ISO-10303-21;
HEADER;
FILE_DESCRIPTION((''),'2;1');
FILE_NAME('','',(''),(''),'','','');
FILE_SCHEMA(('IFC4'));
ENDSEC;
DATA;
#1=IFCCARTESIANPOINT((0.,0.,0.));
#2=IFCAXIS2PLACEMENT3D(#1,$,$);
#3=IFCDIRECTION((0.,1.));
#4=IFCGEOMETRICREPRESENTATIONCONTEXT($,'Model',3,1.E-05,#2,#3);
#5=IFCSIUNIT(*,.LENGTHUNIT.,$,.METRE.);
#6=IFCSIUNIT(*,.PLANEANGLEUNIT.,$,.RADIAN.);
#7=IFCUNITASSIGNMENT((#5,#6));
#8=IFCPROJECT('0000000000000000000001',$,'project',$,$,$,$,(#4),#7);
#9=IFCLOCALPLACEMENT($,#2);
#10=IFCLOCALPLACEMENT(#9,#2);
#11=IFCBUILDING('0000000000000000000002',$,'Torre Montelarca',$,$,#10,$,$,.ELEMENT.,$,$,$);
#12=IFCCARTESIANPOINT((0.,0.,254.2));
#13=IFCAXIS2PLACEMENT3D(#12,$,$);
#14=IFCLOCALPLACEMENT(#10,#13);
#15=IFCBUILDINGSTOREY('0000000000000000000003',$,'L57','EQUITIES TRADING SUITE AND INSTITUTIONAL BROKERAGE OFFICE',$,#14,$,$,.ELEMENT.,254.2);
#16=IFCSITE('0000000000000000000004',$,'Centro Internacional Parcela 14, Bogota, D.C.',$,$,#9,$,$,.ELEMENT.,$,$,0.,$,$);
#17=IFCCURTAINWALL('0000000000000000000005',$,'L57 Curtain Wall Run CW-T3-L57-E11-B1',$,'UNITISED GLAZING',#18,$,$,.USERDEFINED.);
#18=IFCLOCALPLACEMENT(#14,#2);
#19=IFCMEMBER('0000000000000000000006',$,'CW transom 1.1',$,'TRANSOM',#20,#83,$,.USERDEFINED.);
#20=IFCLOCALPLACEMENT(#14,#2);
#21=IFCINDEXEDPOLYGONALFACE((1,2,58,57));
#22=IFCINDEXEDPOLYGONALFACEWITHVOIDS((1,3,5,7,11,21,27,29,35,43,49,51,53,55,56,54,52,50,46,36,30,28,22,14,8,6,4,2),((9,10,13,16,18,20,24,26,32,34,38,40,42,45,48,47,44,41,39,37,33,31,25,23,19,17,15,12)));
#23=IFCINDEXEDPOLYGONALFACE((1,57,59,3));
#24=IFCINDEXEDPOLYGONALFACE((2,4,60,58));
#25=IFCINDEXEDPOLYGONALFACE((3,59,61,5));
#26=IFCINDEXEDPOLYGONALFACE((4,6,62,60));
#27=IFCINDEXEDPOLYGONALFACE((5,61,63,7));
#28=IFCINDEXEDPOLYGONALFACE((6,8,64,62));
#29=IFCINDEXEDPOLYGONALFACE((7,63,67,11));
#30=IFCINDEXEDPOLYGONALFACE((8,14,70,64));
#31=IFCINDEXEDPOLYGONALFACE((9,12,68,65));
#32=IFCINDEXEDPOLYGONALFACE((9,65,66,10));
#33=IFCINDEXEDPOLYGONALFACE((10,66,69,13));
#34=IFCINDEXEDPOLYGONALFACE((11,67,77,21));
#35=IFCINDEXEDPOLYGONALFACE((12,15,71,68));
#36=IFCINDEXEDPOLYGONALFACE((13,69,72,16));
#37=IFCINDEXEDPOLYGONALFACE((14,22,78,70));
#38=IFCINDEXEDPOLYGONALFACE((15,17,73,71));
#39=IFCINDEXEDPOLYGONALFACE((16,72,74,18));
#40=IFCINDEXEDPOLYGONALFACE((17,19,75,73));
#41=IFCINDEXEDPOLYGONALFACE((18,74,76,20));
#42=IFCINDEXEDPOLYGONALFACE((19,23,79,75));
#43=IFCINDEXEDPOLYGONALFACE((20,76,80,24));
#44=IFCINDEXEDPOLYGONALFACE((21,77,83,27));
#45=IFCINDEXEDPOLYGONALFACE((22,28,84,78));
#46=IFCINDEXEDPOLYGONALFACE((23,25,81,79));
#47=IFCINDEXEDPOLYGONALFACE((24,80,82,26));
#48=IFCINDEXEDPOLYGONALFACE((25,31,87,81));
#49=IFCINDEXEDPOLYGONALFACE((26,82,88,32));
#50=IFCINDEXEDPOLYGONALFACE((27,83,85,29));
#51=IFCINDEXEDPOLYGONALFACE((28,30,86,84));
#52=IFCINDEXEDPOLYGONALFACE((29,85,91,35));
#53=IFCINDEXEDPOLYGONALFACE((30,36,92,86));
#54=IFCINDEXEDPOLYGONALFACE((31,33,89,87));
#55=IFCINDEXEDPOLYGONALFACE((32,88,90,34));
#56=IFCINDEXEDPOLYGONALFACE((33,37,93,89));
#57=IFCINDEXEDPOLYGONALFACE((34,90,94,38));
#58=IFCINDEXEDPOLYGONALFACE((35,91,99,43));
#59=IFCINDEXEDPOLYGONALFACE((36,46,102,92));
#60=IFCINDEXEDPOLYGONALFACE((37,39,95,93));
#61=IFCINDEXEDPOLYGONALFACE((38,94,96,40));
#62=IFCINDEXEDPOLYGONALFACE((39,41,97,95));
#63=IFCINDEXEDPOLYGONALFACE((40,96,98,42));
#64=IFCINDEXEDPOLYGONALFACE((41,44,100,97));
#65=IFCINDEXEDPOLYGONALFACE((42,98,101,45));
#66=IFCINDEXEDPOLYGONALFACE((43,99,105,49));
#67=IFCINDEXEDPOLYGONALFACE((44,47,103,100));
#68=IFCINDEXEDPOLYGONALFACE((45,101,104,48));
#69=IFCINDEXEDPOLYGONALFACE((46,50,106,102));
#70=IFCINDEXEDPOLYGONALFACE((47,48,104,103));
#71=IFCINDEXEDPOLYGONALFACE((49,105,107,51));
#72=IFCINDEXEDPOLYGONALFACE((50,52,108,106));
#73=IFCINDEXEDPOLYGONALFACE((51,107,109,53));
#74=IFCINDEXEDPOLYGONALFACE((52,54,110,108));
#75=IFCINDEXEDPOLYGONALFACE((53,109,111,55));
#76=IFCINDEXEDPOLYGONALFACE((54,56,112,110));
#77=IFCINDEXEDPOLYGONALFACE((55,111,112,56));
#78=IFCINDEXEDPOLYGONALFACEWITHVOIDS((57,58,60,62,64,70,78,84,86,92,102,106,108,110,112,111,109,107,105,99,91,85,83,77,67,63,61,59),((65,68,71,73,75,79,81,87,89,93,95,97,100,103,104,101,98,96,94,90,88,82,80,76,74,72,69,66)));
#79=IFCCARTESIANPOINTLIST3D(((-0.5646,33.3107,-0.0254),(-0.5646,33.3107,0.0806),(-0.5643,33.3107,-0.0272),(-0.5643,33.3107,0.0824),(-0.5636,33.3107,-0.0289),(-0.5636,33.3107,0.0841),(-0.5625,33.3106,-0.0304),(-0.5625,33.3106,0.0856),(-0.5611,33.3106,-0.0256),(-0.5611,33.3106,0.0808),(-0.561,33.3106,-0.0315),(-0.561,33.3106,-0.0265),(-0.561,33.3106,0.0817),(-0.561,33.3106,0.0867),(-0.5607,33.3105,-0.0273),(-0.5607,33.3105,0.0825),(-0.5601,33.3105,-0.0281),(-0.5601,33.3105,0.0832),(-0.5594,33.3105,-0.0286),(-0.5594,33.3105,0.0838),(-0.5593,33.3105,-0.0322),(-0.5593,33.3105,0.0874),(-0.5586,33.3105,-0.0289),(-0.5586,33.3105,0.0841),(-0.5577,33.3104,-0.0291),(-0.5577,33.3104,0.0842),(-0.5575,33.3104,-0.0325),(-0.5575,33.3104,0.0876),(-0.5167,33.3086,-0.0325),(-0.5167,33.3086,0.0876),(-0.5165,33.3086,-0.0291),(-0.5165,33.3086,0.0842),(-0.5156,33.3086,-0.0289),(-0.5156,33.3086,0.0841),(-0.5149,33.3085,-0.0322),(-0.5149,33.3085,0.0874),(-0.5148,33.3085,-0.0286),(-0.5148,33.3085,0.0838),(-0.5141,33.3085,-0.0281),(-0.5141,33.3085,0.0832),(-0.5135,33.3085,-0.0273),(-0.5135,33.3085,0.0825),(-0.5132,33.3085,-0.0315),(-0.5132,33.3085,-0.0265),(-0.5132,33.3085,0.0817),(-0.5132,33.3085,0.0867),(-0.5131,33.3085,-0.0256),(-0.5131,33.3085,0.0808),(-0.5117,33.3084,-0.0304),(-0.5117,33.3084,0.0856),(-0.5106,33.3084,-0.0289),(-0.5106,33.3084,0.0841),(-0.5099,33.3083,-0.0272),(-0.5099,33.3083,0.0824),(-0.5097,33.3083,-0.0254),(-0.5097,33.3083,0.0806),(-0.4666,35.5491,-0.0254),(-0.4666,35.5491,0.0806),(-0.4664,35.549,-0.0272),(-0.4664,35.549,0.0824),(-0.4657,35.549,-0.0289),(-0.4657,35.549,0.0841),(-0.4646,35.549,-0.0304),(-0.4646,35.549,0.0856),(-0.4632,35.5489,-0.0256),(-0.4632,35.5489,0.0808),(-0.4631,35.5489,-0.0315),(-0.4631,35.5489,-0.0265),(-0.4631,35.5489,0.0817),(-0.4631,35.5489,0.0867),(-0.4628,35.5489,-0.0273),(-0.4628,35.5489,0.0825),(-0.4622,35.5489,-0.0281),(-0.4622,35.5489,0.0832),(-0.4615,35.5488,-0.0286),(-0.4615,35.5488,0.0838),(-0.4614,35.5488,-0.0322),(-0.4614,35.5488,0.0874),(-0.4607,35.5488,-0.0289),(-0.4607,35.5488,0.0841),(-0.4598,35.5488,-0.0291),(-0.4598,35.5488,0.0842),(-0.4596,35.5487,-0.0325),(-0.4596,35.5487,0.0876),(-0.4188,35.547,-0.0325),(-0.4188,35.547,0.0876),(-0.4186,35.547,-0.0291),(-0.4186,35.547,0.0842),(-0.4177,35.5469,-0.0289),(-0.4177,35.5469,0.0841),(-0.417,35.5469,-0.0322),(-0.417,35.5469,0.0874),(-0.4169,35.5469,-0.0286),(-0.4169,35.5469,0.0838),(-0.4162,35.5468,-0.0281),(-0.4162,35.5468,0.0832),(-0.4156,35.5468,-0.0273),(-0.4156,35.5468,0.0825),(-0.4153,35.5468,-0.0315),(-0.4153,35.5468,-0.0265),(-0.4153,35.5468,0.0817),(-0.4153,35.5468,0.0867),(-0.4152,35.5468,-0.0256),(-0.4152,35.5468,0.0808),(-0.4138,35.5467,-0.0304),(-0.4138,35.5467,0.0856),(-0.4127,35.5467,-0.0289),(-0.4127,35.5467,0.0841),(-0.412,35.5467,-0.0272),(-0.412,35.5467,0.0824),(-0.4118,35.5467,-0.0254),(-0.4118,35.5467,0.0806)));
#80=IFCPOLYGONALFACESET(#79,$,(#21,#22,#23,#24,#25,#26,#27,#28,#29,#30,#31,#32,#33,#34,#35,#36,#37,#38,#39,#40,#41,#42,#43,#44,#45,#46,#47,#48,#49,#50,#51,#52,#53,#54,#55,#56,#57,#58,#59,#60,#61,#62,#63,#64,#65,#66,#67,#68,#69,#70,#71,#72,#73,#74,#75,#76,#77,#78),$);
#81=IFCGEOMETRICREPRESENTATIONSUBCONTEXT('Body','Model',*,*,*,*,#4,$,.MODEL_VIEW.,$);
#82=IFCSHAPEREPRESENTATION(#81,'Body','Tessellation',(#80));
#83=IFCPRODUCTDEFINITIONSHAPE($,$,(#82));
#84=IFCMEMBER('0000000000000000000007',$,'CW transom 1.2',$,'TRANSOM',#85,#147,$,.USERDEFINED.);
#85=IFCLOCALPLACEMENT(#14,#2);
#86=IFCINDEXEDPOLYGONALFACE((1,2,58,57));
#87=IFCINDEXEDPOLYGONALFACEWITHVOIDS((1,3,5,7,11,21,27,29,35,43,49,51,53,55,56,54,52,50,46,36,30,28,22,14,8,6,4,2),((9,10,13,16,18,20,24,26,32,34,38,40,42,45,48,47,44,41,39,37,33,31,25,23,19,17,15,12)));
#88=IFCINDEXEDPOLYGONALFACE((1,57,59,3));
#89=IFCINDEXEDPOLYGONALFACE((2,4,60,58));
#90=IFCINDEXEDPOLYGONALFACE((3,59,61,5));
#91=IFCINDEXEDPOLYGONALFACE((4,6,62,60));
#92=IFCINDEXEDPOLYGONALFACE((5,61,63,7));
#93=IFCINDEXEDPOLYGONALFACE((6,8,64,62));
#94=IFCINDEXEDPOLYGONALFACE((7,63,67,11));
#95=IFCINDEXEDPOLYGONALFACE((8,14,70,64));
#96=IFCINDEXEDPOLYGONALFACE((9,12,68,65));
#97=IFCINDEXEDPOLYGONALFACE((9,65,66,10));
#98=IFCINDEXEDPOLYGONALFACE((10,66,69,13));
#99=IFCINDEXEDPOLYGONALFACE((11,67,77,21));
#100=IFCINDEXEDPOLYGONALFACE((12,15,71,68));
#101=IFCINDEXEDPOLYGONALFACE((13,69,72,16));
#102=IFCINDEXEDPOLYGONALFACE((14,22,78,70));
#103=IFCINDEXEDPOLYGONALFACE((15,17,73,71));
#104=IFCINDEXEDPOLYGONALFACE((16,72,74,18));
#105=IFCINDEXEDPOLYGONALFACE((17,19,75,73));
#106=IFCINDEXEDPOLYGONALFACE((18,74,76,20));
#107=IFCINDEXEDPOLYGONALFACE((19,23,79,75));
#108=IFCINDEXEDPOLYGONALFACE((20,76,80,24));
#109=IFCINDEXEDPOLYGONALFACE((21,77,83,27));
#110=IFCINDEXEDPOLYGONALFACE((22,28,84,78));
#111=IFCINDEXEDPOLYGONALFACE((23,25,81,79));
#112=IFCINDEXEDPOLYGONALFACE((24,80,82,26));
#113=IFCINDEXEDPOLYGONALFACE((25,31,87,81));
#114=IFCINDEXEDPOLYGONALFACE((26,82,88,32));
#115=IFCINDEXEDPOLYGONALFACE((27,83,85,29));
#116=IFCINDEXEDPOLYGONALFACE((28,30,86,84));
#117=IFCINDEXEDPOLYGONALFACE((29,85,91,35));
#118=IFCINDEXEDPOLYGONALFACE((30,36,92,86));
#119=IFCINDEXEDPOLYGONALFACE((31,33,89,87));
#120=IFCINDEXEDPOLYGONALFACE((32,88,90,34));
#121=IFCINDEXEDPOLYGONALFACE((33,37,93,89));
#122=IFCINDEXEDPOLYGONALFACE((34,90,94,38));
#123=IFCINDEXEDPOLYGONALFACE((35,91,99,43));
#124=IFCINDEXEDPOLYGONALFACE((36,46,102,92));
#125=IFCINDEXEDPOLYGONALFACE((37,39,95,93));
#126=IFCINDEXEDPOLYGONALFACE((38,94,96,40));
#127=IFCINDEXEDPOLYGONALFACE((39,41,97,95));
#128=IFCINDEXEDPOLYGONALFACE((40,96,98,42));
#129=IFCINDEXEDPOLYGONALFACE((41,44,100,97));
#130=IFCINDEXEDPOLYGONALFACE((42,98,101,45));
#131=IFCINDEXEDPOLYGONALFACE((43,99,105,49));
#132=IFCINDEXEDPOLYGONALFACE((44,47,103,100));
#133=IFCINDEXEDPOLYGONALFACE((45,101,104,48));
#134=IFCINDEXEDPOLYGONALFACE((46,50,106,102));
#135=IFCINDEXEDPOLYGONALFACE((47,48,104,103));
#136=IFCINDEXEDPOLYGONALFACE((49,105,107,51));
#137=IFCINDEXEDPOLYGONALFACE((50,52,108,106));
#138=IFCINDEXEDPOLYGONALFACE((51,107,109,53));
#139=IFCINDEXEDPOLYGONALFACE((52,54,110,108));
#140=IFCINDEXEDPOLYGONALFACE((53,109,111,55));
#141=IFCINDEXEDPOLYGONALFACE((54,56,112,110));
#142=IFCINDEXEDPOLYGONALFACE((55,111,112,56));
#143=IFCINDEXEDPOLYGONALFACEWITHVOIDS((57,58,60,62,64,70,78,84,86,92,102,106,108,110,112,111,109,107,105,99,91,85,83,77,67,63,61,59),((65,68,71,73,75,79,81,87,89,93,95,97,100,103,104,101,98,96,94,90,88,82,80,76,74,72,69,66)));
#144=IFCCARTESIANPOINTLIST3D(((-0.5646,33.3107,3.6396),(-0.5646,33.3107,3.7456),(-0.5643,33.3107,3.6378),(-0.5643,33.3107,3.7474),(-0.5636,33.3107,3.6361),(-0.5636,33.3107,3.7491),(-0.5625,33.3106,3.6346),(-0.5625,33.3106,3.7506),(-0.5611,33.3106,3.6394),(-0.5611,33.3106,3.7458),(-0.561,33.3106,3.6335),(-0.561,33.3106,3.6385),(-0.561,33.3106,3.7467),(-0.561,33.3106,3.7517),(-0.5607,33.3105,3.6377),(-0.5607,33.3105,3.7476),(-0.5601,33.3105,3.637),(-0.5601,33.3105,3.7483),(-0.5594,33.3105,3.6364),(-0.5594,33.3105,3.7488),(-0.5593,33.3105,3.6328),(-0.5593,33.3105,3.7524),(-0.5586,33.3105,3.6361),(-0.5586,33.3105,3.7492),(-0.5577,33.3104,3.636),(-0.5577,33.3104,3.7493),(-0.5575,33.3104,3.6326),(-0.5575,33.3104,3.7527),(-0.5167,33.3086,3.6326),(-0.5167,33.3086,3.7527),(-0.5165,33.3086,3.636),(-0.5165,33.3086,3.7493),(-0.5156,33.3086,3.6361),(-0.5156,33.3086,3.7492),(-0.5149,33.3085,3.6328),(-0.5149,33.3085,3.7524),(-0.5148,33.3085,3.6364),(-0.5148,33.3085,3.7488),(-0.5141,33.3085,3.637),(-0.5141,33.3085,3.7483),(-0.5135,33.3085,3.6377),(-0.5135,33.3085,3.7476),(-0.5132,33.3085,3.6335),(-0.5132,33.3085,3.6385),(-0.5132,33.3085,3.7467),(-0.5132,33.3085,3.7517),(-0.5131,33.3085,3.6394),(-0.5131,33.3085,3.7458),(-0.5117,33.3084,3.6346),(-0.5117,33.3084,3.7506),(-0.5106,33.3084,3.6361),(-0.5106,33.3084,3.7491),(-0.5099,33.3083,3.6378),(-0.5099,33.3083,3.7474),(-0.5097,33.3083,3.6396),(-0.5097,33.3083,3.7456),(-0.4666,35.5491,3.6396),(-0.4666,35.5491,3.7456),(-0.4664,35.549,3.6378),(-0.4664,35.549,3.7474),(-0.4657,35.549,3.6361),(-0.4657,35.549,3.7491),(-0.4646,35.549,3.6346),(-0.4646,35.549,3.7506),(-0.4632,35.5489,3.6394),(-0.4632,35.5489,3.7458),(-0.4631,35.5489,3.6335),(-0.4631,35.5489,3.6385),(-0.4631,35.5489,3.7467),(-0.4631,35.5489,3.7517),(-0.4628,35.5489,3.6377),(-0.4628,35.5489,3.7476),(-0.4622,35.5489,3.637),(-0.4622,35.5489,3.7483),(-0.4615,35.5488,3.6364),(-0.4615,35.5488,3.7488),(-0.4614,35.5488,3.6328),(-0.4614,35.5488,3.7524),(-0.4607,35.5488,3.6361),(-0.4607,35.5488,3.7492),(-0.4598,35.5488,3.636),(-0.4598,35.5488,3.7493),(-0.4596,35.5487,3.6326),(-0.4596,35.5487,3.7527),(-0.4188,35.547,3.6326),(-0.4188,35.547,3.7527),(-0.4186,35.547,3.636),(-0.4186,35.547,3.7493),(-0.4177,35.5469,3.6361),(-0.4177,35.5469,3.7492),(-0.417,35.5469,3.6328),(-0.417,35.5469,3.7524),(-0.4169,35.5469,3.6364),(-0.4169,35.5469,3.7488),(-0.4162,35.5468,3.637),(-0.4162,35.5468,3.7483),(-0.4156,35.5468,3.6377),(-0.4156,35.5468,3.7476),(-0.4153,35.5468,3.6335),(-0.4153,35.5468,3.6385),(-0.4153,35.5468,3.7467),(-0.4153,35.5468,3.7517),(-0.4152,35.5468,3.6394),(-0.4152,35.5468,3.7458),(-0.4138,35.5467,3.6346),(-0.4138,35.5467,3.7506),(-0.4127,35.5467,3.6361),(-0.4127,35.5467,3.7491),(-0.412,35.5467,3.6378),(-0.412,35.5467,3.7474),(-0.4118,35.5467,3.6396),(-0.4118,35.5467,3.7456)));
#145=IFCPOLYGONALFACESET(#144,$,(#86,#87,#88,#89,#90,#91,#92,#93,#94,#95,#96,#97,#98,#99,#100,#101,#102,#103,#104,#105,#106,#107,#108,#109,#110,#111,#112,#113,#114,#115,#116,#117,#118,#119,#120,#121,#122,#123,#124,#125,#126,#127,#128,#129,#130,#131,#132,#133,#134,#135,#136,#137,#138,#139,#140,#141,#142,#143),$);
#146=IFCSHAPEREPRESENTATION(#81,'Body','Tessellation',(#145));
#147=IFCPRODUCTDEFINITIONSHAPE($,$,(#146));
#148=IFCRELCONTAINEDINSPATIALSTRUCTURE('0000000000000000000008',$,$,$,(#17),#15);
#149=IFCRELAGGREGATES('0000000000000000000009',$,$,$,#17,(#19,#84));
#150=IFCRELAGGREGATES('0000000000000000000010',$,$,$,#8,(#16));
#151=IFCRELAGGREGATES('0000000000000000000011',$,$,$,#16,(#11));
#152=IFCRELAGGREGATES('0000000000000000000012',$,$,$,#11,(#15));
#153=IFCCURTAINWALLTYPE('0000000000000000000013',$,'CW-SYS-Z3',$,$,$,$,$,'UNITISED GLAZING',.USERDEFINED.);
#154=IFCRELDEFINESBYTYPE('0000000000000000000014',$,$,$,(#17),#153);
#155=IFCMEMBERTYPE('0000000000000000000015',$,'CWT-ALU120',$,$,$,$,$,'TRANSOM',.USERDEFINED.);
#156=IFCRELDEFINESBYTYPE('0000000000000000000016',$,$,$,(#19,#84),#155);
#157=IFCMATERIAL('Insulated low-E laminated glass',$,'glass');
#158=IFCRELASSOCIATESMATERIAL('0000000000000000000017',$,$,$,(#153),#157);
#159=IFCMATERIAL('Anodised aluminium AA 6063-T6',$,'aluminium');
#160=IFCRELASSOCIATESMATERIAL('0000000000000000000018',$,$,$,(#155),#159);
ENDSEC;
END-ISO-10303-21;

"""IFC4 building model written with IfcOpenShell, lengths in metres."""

from ifc_helpers import new_model, si_unit, direction, frame, origin, origin_2d, place, context, subcontext, project, spatial, hollow_rectangle, extrude, source, transform, mapped, material, material_profile, profile_set, type_object, element, aggregate, save


model = new_model("IFC4")

# Units and contexts
model_context = context("Model", 3, precision=1e-05, world=origin(), true_north=direction((0.0, 1.0)))
body_context = subcontext(model_context, "Body", "Model", "MODEL_VIEW")
ifc_project = project(units=[si_unit("LENGTHUNIT", "METRE"), si_unit("PLANEANGLEUNIT", "RADIAN")], contexts=[model_context])

# Site, building, storey
site_placement = place(None, origin())
site = spatial("IfcSite", under=ifc_project, at=site_placement, Name="Centro Internacional Parcela 14, Bogota, D.C.", CompositionType="ELEMENT", RefElevation=0.0)
building_placement = place(site_placement, origin())
building = spatial("IfcBuilding", under=site, at=building_placement, Name="Torre Montelarca", CompositionType="ELEMENT")
storey_placement = place(building_placement, frame((0.0, 0.0, 254.2)))
storey = spatial("IfcBuildingStorey", under=building, at=storey_placement, Name="L57", Description="EQUITIES TRADING SUITE AND INSTITUTIONAL BROKERAGE OFFICE", CompositionType="ELEMENT", Elevation=254.2)

# Shared definitions
ifc_material_1 = material(Name="Insulated low-E laminated glass", Category="glass")
curtain_wall_type = type_object("IfcCurtainWallType", Name="CW-SYS-Z3", ElementType="UNITISED GLAZING", PredefinedType="USERDEFINED", material=ifc_material_1)
ifc_material_2 = material(Name="Anodised aluminium AA 6063-T6", Category="aluminium")

# Curtain wall, members
curtain_wall_1_placement = place(storey_placement, origin())
curtain_wall_1 = element("IfcCurtainWall", 1, at=curtain_wall_1_placement, inside=storey, type_object=curtain_wall_type, Name="L57 Curtain Wall Run CW-T3-L57-E11-B1", ObjectType="UNITISED GLAZING", PredefinedType="USERDEFINED")
ifc_material_profile_1 = material_profile(ifc_material_2, hollow_rectangle(XDim=0.0549, YDim=0.1201, WallThickness=0.0034, InnerFilletRadius=0.0034, OuterFilletRadius=0.0071, at=origin_2d()), Name="ALU55X120X3.5", Category="aluminium")
ifc_profile_set_1 = profile_set([ifc_material_profile_1], Name="Anodised aluminium AA 6063-T6")
member_type_1 = type_object("IfcMemberType", Name="CWT-ALU120", ElementType="TRANSOM", PredefinedType="USERDEFINED", material=ifc_profile_set_1)
shared_shape_1 = source(origin(), body_context, "Body", "SweptSolid", [
    extrude(hollow_rectangle(XDim=0.0549, YDim=0.1201, WallThickness=0.0034, InnerFilletRadius=0.0034, OuterFilletRadius=0.0071, at=origin_2d()), origin(), (0.0, 0.0, 1.0), 2.2405),
])
member_1_placement = place(storey_placement, frame((-0.4392, 35.5479, 0.0276), z_axis=(-0.043697, -0.999045, 0.0), x_axis=(0.999045, -0.043697, 0.0)))
member_1 = element("IfcMember", 2, at=member_1_placement, type_object=member_type_1, Name="CW transom 1.1", ObjectType="TRANSOM", PredefinedType="USERDEFINED", context=body_context, shape_type="MappedRepresentation", body=[
    mapped(shared_shape_1, transform((0.0, 0.0, 0.0), scale=1.0)),
])
member_2_placement = place(storey_placement, frame((-0.4392, 35.5479, 3.6926), z_axis=(-0.043697, -0.999045, 0.0), x_axis=(0.999045, -0.043697, 0.0)))
member_2 = element("IfcMember", 3, at=member_2_placement, type_object=member_type_1, Name="CW transom 1.2", ObjectType="TRANSOM", PredefinedType="USERDEFINED", context=body_context, shape_type="MappedRepresentation", body=[
    mapped(shared_shape_1, transform((0.0, 0.0, 0.0), scale=1.0)),
])
aggregate(curtain_wall_1, [member_1, member_2])

save(model, "model.ifc")
